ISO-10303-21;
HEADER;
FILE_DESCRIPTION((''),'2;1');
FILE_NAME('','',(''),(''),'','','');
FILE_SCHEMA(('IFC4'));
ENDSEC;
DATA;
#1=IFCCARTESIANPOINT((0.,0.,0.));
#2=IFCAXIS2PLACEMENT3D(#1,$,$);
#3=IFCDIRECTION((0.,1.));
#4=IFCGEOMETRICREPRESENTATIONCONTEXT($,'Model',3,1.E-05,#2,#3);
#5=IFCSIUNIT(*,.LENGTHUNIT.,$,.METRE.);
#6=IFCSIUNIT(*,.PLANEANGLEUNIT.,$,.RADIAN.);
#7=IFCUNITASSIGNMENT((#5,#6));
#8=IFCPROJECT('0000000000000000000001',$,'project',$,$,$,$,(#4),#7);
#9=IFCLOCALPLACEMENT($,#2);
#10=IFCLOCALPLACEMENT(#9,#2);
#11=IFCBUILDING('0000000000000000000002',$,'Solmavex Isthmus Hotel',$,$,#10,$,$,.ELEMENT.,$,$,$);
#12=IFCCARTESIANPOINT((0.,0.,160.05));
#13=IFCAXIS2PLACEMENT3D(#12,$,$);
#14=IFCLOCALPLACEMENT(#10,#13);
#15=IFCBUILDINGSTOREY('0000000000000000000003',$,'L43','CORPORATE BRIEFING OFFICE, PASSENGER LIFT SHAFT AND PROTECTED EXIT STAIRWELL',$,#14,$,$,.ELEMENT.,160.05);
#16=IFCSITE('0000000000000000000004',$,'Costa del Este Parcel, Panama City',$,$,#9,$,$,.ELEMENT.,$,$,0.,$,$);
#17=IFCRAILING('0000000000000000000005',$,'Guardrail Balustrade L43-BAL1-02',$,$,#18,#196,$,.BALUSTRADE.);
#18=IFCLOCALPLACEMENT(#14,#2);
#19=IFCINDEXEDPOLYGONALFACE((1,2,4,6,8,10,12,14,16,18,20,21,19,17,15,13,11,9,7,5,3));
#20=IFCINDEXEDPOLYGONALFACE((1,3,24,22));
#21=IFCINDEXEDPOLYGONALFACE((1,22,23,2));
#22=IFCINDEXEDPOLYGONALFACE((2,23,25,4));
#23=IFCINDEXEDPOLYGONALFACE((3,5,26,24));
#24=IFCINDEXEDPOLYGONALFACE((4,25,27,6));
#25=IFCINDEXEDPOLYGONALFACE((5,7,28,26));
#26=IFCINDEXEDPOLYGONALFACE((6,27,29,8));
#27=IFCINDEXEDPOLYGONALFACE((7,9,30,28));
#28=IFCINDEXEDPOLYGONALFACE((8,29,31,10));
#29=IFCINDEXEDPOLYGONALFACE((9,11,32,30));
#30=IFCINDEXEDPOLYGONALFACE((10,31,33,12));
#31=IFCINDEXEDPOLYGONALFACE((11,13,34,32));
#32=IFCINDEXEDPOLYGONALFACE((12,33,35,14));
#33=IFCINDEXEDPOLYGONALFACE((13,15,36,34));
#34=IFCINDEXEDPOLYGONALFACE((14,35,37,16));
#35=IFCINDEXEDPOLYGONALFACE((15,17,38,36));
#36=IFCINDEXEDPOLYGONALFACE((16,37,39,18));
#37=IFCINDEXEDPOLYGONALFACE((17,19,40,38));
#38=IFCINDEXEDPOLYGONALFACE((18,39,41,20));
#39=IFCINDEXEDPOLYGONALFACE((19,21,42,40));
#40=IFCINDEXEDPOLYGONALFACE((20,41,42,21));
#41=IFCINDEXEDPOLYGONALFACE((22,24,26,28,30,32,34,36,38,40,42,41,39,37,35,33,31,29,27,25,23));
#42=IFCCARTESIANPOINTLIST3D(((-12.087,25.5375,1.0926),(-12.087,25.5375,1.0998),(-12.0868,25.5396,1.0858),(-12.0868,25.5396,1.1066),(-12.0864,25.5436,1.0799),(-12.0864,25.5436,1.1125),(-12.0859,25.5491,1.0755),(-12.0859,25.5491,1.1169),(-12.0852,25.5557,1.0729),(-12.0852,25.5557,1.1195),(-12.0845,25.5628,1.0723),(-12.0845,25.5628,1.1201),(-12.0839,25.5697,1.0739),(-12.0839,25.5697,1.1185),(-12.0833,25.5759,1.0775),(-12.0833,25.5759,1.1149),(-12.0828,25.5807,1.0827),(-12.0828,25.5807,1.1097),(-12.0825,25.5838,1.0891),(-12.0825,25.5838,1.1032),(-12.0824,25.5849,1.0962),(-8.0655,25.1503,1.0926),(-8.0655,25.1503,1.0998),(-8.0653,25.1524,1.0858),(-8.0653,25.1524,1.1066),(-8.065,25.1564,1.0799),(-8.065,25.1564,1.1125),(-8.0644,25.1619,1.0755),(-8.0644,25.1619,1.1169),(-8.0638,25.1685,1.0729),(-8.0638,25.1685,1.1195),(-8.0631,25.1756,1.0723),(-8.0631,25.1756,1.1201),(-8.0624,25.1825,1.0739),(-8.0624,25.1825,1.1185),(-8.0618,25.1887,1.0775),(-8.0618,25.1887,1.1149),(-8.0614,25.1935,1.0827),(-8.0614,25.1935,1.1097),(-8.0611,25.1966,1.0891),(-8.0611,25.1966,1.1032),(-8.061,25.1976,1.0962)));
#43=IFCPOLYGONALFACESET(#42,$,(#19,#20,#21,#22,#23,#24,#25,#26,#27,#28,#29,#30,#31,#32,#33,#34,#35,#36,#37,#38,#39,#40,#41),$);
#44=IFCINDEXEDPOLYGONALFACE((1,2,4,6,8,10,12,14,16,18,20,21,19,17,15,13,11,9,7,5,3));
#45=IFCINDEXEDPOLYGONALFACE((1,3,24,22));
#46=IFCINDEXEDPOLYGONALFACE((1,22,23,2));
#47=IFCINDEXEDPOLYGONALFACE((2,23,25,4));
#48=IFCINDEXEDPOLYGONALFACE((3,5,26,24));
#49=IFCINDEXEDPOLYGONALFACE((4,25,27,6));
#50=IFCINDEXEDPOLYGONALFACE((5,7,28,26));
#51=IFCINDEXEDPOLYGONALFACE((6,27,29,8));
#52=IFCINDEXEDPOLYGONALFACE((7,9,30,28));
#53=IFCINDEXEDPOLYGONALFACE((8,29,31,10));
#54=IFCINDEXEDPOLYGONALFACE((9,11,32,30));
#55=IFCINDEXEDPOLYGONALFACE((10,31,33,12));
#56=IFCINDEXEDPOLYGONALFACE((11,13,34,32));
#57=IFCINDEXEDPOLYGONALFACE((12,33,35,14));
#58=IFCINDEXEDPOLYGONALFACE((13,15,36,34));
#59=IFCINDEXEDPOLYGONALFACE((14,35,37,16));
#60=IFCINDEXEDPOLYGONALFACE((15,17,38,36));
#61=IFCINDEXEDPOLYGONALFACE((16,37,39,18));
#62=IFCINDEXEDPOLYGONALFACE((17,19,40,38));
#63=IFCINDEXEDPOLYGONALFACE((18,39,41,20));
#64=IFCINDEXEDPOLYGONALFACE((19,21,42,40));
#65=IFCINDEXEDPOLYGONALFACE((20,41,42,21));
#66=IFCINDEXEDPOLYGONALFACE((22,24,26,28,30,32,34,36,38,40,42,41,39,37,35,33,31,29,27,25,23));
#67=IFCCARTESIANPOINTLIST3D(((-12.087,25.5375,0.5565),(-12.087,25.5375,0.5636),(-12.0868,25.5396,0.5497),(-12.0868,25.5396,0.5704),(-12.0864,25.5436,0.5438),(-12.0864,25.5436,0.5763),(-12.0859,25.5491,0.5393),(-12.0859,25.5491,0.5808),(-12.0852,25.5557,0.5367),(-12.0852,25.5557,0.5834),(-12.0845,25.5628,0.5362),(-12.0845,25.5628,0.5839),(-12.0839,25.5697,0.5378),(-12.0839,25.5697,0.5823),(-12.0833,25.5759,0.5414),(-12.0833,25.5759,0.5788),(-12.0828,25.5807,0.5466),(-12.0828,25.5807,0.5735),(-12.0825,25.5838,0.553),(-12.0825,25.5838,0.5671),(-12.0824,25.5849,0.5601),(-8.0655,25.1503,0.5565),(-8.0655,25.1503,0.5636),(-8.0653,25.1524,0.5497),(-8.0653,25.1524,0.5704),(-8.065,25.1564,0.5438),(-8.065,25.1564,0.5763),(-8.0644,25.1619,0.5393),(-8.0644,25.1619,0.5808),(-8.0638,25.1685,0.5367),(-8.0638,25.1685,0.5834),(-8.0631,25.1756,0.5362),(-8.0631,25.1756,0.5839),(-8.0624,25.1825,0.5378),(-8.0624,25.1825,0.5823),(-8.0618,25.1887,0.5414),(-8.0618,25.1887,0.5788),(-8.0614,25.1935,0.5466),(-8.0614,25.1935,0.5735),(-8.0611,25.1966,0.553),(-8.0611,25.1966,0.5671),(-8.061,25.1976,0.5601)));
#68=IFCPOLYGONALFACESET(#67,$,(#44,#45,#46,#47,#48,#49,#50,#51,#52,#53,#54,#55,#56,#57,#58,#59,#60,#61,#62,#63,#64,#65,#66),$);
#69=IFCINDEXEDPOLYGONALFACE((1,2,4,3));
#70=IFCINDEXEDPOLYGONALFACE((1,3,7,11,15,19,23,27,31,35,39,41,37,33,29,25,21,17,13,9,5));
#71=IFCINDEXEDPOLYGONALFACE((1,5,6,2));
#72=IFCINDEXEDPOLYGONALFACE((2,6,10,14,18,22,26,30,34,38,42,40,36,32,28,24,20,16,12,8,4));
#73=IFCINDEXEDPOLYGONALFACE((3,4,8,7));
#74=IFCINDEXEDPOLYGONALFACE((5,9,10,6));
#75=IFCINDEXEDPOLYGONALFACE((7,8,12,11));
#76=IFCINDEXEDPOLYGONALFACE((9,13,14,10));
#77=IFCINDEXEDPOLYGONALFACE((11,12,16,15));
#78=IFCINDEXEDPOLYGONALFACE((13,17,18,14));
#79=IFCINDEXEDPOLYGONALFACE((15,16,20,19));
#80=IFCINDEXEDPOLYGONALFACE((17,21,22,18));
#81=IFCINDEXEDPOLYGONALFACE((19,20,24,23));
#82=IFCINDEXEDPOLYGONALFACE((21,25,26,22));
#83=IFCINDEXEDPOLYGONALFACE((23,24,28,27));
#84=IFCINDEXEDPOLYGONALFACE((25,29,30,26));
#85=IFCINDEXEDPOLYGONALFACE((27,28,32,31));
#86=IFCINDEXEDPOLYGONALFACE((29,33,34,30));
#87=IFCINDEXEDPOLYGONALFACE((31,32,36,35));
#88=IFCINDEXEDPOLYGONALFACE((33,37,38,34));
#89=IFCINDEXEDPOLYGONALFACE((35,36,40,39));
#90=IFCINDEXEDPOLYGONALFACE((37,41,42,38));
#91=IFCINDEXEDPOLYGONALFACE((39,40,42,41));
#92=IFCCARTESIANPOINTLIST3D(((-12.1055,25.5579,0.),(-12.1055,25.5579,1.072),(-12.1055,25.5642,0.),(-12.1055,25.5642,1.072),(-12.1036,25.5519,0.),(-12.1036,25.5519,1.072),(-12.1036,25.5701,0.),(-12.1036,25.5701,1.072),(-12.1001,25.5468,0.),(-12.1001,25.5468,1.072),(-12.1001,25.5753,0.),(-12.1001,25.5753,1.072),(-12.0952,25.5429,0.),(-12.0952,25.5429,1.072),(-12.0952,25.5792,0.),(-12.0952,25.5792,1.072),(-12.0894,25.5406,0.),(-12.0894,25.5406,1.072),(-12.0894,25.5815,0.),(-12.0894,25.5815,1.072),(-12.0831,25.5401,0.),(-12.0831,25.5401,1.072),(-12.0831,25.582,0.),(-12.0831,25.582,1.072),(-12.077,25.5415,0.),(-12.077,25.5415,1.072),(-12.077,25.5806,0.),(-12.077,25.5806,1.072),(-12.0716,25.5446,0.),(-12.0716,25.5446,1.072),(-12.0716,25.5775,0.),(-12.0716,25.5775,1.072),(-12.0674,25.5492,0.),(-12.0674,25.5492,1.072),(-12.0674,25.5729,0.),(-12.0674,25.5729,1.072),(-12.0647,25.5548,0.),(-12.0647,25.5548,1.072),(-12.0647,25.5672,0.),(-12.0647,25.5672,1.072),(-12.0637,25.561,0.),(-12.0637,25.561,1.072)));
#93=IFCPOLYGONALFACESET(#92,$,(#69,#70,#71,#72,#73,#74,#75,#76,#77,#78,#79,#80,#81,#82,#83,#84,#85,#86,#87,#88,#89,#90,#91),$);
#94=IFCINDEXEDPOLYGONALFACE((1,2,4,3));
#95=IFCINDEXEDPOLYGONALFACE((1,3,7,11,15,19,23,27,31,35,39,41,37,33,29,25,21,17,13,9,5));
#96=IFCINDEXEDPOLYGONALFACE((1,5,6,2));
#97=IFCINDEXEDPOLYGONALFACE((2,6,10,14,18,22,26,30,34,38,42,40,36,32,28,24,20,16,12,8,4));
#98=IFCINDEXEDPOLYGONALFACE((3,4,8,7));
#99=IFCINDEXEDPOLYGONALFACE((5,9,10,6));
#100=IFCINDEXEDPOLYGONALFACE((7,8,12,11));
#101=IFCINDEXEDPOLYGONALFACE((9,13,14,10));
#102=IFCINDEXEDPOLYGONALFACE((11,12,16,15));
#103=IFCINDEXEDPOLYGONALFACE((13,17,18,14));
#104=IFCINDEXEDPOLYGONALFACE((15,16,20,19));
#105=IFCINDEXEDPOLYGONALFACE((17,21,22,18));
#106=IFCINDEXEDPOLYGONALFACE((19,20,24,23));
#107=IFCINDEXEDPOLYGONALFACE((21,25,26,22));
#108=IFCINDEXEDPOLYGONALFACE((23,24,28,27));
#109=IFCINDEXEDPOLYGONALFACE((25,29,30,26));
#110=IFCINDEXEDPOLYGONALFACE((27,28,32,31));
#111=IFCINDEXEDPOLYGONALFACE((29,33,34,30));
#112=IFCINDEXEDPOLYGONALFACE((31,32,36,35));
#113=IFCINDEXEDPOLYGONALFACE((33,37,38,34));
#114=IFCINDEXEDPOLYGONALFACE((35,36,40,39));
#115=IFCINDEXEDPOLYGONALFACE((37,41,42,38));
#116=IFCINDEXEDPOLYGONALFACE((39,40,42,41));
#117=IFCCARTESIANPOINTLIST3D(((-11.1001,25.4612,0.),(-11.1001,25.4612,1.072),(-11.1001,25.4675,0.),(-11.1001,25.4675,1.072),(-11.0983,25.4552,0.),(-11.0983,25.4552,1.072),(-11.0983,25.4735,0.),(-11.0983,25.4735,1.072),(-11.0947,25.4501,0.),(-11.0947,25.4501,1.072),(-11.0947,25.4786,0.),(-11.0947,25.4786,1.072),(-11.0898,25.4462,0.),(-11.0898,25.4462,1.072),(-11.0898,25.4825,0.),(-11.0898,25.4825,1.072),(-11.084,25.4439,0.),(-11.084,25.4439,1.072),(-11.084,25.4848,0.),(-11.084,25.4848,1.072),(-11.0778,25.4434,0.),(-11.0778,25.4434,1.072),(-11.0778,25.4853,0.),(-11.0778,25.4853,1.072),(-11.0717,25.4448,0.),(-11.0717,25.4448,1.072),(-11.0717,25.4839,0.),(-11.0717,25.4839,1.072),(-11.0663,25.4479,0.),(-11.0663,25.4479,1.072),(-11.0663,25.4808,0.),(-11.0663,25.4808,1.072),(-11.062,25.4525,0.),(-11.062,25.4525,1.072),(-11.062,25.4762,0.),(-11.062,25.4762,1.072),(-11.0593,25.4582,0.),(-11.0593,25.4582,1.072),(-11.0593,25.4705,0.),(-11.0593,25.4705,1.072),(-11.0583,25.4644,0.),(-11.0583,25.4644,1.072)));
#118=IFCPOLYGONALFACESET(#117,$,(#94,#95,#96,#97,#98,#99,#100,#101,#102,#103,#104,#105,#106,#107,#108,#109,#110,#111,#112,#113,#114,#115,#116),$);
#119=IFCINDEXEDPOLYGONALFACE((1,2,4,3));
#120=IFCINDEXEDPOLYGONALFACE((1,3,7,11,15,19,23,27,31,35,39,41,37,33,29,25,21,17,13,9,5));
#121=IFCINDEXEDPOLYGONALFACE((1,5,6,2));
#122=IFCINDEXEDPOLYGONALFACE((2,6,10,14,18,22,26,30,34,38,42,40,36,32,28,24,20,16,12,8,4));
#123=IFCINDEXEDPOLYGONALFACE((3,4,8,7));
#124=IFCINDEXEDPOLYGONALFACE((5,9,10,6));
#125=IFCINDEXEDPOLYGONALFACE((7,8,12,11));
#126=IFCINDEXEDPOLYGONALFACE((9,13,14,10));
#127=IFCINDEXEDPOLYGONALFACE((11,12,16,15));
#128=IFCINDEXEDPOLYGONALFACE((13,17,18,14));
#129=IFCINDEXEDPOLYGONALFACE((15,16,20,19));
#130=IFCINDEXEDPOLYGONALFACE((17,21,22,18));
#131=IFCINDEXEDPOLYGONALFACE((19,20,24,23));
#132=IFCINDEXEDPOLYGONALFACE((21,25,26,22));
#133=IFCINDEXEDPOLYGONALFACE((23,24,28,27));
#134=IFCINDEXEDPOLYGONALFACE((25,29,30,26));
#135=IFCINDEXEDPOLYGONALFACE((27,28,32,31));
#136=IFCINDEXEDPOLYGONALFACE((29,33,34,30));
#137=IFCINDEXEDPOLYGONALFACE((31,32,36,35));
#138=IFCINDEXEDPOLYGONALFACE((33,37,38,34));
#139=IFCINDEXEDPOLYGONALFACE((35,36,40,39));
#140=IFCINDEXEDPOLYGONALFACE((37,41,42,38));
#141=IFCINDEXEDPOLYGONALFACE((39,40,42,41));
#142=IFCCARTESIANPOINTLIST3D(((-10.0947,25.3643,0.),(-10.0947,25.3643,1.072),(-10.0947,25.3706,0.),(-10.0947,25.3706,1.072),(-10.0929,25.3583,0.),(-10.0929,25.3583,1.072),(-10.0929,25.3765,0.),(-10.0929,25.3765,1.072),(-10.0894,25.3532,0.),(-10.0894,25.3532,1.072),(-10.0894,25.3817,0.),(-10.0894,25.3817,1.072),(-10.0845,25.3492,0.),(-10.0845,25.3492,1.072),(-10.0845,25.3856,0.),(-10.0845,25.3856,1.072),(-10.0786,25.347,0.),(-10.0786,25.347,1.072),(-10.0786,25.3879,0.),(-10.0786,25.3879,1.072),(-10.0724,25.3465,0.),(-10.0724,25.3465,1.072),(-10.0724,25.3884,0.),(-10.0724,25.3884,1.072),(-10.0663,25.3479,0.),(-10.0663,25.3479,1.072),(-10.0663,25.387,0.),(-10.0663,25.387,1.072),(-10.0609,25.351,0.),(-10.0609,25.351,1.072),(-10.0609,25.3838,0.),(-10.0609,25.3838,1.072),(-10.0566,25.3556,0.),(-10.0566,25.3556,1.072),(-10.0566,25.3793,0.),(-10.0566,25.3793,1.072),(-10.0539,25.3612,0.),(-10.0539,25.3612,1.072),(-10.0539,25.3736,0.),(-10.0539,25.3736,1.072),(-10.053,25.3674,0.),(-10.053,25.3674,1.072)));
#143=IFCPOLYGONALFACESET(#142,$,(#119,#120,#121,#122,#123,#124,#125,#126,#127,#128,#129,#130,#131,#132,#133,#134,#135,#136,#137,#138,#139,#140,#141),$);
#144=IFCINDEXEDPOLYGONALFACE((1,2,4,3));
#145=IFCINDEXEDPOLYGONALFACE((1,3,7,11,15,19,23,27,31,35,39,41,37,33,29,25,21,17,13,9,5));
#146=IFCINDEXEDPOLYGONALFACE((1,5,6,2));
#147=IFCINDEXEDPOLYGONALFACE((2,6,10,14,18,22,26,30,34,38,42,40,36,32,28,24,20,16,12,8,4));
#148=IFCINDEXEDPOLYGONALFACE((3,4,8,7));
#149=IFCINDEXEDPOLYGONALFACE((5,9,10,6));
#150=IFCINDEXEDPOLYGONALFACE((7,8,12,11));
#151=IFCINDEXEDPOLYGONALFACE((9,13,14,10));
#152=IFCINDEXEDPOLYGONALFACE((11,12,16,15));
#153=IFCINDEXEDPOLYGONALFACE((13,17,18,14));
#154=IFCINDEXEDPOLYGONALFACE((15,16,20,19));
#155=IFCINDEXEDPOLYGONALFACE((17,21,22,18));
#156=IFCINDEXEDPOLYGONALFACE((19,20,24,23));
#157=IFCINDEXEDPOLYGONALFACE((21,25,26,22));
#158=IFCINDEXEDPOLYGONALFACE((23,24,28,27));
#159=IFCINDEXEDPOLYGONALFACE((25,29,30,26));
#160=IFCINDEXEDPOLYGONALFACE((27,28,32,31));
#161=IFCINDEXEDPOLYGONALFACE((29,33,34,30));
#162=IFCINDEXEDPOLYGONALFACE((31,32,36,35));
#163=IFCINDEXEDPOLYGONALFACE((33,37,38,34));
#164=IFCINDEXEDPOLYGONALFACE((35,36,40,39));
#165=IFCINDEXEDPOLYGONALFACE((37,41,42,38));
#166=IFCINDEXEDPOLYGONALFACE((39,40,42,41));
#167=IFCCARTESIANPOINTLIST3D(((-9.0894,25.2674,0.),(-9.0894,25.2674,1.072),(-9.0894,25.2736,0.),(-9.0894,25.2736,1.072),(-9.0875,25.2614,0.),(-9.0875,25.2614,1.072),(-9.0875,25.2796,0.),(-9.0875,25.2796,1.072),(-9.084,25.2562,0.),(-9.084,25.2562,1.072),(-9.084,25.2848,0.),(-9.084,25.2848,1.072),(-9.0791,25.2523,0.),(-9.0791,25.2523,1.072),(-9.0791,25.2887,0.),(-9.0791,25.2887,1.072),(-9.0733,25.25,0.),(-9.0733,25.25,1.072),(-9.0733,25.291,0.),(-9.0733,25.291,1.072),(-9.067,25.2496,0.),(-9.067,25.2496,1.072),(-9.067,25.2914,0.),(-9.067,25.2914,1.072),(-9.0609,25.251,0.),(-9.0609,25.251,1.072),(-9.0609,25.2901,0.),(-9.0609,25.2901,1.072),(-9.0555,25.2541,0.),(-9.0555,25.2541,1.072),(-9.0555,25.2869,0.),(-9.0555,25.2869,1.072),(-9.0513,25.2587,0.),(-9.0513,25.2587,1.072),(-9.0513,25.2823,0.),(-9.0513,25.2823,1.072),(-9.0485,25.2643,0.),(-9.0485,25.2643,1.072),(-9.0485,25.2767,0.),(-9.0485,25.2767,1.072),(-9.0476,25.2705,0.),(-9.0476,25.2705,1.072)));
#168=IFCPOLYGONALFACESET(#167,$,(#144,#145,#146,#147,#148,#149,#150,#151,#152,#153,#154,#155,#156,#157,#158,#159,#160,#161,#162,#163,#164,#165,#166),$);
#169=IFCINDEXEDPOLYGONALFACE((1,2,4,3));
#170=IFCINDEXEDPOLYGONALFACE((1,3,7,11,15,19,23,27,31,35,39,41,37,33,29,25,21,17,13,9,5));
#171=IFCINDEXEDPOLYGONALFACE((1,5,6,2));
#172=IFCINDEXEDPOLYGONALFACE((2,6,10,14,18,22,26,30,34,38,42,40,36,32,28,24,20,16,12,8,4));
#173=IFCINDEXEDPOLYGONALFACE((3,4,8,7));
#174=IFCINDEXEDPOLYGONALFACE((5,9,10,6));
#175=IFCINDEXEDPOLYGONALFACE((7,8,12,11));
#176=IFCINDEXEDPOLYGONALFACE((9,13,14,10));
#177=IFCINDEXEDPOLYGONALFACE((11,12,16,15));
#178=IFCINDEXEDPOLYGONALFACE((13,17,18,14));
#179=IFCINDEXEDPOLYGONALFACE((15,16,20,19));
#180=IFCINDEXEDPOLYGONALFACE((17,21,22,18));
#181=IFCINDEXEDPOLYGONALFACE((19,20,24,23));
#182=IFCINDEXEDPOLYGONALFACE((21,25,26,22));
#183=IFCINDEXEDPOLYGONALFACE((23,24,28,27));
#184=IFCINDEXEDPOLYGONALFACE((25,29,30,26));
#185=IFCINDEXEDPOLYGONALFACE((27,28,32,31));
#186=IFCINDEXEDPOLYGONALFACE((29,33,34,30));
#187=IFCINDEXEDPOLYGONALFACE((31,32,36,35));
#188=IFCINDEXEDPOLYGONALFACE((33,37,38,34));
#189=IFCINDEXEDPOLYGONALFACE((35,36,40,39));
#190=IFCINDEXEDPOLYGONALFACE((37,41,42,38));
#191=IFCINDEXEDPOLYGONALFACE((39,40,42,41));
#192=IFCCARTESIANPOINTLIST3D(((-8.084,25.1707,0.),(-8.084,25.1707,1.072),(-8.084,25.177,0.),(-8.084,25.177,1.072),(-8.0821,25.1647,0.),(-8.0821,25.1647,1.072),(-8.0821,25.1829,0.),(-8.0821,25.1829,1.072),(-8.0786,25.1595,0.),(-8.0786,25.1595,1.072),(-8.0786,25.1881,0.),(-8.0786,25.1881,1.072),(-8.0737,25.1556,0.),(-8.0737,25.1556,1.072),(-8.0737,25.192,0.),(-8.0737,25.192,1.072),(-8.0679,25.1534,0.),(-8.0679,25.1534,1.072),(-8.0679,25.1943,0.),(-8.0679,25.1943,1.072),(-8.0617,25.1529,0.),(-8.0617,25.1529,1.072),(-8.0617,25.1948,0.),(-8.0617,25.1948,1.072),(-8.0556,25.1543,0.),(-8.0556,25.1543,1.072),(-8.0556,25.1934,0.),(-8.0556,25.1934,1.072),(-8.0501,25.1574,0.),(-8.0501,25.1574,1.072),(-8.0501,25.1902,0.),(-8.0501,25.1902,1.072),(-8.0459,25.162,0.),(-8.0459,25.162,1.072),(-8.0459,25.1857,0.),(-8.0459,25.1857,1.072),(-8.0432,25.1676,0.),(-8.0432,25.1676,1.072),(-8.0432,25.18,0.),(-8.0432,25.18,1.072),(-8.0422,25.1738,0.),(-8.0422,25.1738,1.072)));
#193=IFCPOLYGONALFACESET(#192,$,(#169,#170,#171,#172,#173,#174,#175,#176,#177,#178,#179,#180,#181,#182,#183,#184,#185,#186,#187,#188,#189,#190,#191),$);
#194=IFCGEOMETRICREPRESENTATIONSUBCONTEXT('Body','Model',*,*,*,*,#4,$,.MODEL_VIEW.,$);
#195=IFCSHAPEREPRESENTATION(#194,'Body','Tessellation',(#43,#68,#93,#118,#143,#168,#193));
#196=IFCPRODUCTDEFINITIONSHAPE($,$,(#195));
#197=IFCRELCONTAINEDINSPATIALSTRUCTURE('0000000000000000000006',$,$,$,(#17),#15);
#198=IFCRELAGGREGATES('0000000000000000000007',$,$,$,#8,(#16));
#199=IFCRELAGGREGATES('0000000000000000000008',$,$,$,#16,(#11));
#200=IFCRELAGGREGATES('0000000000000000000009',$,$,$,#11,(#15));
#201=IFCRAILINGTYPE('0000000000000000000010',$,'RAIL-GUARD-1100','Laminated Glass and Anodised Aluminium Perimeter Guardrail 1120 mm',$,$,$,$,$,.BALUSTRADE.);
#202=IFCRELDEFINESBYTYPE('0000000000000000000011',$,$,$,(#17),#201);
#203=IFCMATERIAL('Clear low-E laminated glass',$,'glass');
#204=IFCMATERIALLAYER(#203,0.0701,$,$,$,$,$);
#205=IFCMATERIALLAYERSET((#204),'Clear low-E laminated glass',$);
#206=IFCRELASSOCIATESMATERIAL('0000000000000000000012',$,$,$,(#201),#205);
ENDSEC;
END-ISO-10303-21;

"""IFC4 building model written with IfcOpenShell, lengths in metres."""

from ifc_helpers import new_model, si_unit, direction, frame, origin, origin_2d, place, context, subcontext, project, spatial, circle, extrude, material, layer, layer_set, type_object, element, save


model = new_model("IFC4")

# Units and contexts
model_context = context("Model", 3, precision=1e-05, world=origin(), true_north=direction((0.0, 1.0)))
body_context = subcontext(model_context, "Body", "Model", "MODEL_VIEW")
ifc_project = project(units=[si_unit("LENGTHUNIT", "METRE"), si_unit("PLANEANGLEUNIT", "RADIAN")], contexts=[model_context])

# Site, building, storey
site_placement = place(None, origin())
site = spatial("IfcSite", under=ifc_project, at=site_placement, Name="Costa del Este Parcel, Panama City", CompositionType="ELEMENT", RefElevation=0.0)
building_placement = place(site_placement, origin())
building = spatial("IfcBuilding", under=site, at=building_placement, Name="Solmavex Isthmus Hotel", CompositionType="ELEMENT")
storey_placement = place(building_placement, frame((0.0, 0.0, 160.05)))
storey = spatial("IfcBuildingStorey", under=building, at=storey_placement, Name="L43", Description="CORPORATE BRIEFING OFFICE, PASSENGER LIFT SHAFT AND PROTECTED EXIT STAIRWELL", CompositionType="ELEMENT", Elevation=160.05)

# Shared definitions
ifc_material_1 = material(Name="Clear low-E laminated glass", Category="glass")

# Railing
ifc_layer_1 = layer(ifc_material_1, 0.0701)
ifc_layer_set_1 = layer_set([ifc_layer_1], Name="Clear low-E laminated glass")
railing_type = type_object("IfcRailingType", Name="RAIL-GUARD-1100", Description="Laminated Glass and Anodised Aluminium Perimeter Guardrail 1120 mm", PredefinedType="BALUSTRADE", material=ifc_layer_set_1)
railing_1_placement = place(storey_placement, frame((-12.0847, 25.561, 0.0)))
element("IfcRailing", 1, at=railing_1_placement, inside=storey, type_object=railing_type, Name="Guardrail Balustrade L43-BAL1-02", PredefinedType="BALUSTRADE", context=body_context, shape_type="SweptSolid", body=[
    extrude(circle(Radius=0.0239, at=origin_2d()), frame((0.0, 0.0, 1.0962), z_axis=(0.995397, -0.095841, 0.0), x_axis=(0.095841, 0.995397, 0.0)), (0.0, 0.0, 1.0), 4.04),
    extrude(circle(Radius=0.0239, at=origin_2d()), frame((0.0, 0.0, 0.5601), z_axis=(0.995397, -0.095841, 0.0), x_axis=(0.095841, 0.995397, 0.0)), (0.0, 0.0, 1.0), 4.04),
    extrude(circle(Radius=0.021, at=origin_2d()), origin(), (0.0, 0.0, 1.0), 1.072),
    extrude(circle(Radius=0.021, at=origin_2d()), frame((1.0054, -0.0967, 0.0)), (0.0, 0.0, 1.0), 1.072),
    extrude(circle(Radius=0.021, at=origin_2d()), frame((2.0107, -0.1936, 0.0)), (0.0, 0.0, 1.0), 1.072),
    extrude(circle(Radius=0.021, at=origin_2d()), frame((3.0161, -0.2905, 0.0)), (0.0, 0.0, 1.0), 1.072),
    extrude(circle(Radius=0.021, at=origin_2d()), frame((4.0215, -0.3872, 0.0)), (0.0, 0.0, 1.0), 1.072),
])

save(model, "model.ifc")
